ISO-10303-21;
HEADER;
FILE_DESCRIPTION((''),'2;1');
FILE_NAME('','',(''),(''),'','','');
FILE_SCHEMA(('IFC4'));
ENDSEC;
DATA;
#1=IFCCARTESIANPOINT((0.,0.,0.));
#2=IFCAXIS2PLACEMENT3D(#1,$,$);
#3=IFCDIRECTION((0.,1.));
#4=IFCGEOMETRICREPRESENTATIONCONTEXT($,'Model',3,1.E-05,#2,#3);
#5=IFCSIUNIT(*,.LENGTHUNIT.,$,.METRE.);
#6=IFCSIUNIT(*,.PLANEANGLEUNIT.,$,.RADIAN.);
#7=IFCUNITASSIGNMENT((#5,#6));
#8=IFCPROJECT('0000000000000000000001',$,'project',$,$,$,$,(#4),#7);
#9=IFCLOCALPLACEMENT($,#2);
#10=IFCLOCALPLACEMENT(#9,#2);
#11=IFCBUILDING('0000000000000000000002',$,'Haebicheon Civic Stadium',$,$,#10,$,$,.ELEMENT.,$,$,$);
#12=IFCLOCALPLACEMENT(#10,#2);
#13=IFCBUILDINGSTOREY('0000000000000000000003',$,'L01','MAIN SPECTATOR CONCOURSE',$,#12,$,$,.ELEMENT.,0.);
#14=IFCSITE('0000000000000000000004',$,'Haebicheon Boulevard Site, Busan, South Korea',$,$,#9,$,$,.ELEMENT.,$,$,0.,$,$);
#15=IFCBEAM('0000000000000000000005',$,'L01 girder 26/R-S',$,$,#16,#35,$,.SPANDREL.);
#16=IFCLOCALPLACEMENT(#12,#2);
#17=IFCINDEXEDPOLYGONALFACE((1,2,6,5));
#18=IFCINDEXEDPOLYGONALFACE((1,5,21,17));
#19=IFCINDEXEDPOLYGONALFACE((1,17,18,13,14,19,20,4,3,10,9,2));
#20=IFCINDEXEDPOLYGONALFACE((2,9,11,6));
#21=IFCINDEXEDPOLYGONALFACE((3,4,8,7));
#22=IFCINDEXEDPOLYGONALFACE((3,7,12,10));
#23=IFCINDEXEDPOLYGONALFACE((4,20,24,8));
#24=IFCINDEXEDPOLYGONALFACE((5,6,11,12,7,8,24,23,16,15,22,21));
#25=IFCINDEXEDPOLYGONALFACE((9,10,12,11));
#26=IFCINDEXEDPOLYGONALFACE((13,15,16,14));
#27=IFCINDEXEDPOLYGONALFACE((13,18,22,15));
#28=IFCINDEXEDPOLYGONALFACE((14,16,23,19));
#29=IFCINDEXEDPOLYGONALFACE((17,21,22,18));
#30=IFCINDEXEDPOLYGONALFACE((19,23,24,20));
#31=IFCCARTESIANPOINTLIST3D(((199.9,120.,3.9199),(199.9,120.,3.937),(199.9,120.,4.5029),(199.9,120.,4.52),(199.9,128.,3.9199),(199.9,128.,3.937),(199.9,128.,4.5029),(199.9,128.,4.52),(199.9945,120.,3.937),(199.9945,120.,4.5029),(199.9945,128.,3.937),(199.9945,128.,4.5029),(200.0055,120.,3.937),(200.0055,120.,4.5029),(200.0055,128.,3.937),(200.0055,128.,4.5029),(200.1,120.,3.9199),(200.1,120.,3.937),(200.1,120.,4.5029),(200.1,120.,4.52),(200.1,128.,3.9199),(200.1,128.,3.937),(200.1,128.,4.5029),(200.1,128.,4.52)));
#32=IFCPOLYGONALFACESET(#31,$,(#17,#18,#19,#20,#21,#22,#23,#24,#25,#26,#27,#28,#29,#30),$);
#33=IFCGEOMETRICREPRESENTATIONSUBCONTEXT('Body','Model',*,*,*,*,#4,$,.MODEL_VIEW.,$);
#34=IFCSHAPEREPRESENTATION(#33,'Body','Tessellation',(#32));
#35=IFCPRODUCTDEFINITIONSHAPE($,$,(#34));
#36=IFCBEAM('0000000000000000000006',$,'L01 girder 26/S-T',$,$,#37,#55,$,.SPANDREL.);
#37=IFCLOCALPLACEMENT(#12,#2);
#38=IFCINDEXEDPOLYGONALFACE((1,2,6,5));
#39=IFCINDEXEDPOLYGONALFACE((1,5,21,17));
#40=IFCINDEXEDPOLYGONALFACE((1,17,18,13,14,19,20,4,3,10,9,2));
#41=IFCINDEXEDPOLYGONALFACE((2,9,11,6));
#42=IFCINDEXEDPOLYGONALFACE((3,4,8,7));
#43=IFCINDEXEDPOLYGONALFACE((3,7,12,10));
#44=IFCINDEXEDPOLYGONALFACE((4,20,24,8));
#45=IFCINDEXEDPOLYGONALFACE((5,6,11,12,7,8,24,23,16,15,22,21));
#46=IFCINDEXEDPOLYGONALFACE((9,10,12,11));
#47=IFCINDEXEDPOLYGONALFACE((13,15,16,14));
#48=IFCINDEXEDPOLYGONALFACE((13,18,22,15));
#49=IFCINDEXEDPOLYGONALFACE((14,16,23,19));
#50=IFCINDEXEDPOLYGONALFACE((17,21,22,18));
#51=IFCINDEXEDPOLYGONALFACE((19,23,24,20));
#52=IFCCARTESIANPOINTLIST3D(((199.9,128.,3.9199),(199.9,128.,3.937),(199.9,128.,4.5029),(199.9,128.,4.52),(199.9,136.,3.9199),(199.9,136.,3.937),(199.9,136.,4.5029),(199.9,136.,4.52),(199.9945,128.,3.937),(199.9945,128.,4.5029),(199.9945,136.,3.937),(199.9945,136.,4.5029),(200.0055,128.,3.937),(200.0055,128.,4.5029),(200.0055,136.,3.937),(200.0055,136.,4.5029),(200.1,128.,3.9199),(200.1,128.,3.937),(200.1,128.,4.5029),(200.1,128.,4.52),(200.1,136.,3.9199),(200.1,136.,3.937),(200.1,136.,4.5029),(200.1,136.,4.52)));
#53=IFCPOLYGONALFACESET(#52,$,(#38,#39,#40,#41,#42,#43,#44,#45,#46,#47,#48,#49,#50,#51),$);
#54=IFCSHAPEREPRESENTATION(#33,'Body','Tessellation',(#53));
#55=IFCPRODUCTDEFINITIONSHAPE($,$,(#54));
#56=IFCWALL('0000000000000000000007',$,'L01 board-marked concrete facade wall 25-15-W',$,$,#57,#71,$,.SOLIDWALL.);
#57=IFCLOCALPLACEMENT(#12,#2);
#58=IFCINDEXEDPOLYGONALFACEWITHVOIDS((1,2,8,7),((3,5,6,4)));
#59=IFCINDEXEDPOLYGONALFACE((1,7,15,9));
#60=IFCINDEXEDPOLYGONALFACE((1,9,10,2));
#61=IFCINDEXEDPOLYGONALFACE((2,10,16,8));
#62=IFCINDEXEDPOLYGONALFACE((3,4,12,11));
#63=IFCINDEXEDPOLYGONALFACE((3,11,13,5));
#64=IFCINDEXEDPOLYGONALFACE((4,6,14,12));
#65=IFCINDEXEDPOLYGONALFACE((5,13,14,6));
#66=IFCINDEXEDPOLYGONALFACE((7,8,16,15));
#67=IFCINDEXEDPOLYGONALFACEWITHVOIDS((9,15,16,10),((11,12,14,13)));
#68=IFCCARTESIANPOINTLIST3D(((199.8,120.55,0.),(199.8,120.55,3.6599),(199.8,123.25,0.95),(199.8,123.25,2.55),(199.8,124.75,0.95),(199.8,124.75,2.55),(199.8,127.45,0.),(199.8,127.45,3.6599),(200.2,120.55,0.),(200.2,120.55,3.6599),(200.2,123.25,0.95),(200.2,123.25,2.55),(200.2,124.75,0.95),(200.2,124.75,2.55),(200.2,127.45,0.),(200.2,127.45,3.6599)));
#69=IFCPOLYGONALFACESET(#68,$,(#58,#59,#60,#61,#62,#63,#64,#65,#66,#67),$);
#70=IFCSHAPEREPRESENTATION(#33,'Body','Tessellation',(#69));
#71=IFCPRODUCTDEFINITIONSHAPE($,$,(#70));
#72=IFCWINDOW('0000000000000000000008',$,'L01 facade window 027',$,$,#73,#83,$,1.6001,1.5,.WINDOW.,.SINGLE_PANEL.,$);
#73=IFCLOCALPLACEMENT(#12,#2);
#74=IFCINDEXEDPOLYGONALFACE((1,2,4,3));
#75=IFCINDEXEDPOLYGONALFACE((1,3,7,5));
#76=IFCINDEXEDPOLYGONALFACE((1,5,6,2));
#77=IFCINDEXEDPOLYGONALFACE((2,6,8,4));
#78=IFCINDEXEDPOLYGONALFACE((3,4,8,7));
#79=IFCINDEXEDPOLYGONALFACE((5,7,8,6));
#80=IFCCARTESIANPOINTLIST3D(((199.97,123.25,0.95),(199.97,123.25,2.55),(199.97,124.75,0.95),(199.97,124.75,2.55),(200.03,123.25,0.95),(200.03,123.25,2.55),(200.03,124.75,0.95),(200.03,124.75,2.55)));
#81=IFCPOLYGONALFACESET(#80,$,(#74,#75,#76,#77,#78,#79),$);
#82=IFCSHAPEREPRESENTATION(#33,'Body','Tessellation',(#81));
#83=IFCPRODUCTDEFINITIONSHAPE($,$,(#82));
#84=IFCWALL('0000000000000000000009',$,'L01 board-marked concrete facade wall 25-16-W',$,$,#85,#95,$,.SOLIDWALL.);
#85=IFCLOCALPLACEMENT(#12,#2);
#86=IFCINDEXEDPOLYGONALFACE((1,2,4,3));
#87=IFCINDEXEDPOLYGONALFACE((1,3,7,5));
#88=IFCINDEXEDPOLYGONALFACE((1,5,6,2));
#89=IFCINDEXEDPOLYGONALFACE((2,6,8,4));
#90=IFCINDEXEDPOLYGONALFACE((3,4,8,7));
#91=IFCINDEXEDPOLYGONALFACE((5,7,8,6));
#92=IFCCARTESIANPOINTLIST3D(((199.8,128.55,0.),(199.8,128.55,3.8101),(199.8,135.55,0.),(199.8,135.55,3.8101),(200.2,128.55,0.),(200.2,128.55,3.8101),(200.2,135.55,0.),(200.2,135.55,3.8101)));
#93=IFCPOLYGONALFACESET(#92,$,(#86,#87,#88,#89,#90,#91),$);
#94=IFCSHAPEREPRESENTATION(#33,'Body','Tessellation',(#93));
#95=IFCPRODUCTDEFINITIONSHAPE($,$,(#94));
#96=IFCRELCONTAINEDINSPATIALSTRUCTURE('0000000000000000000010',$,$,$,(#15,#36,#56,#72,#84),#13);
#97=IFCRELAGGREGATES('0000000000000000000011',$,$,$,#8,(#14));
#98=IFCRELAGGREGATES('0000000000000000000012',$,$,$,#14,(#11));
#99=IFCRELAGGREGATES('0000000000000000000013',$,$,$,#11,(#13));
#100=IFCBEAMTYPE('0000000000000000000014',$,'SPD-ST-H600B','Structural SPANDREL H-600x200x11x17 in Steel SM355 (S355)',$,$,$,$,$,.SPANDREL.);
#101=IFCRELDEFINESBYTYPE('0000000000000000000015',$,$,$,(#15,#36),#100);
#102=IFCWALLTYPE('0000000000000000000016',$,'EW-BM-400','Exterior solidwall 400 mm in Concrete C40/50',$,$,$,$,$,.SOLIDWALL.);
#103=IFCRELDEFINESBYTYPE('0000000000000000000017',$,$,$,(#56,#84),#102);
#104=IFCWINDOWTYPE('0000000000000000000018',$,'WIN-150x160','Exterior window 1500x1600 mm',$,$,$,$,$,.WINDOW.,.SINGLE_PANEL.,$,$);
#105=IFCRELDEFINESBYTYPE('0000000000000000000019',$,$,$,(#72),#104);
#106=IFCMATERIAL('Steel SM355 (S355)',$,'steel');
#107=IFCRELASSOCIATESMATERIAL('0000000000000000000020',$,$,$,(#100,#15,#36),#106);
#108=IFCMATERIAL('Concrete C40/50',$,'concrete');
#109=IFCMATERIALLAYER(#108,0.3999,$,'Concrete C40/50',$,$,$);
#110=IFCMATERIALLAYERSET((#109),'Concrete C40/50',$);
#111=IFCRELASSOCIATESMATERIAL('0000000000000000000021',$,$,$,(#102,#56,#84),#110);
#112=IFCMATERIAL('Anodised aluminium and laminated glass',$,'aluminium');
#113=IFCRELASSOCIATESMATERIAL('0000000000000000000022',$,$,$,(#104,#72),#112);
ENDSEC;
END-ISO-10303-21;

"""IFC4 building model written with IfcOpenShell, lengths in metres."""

from ifc_helpers import new_model, si_unit, direction, frame, frame_2d, origin, origin_2d, place, context, subcontext, project, spatial, rectangle, i_section, extrude, material, layer, layer_set, material_profile, profile_set, type_object, element, fill, save


model = new_model("IFC4")

# Units and contexts
model_context = context("Model", 3, precision=1e-05, world=origin(), true_north=direction((0.0, 1.0)))
body_context = subcontext(model_context, "Body", "Model", "MODEL_VIEW")
ifc_project = project(units=[si_unit("LENGTHUNIT", "METRE"), si_unit("PLANEANGLEUNIT", "RADIAN")], contexts=[model_context])

# Site, building, storey
site_placement = place(None, origin())
site = spatial("IfcSite", under=ifc_project, at=site_placement, Name="Haebicheon Boulevard Site, Busan, South Korea", CompositionType="ELEMENT", RefElevation=0.0)
building_placement = place(site_placement, origin())
building = spatial("IfcBuilding", under=site, at=building_placement, Name="Haebicheon Civic Stadium", CompositionType="ELEMENT")
storey_placement = place(building_placement, origin())
storey = spatial("IfcBuildingStorey", under=building, at=storey_placement, Name="L01", Description="MAIN SPECTATOR CONCOURSE", CompositionType="ELEMENT", Elevation=0.0)

# Beams
ifc_material_1 = material(Name="Steel SM355 (S355)", Category="steel")
ifc_material_profile_1 = material_profile(ifc_material_1, i_section(OverallWidth=0.2, OverallDepth=0.6001, WebThickness=0.011, FlangeThickness=0.0171, at=origin_2d()), Name="H-600x200x11x17")
ifc_profile_set_1 = profile_set([ifc_material_profile_1], Name="Steel SM355 (S355)")
beam_type_1 = type_object("IfcBeamType", Name="SPD-ST-H600B", Description="Structural SPANDREL H-600x200x11x17 in Steel SM355 (S355)", PredefinedType="SPANDREL", material=ifc_profile_set_1)
for number, where, z_axis, x_axis, name in (
    (1, (200.0, 120.0, 4.22), (0.0, 1.0, 0.0), (-1.0, 0.0, 0.0), "L01 girder 26/R-S"),
    (2, (200.0, 128.0, 4.22), (0.0, 1.0, 0.0), (-1.0, 0.0, 0.0), "L01 girder 26/S-T"),
):
    element("IfcBeam", number, at=place(storey_placement, frame(where, z_axis=z_axis, x_axis=x_axis)), inside=storey, type_object=beam_type_1, material=ifc_profile_set_1, Name=name, PredefinedType="SPANDREL", context=body_context, shape_type="SweptSolid", body=[
        extrude(i_section(OverallWidth=0.2, OverallDepth=0.6001, WebThickness=0.011, FlangeThickness=0.0171, at=origin_2d()), origin(), (0.0, 0.0, 1.0), 8.0),
    ])

# Wall, opening, window
ifc_material_2 = material(Name="Concrete C40/50", Category="concrete")
ifc_layer = layer(ifc_material_2, 0.3999, Name="Concrete C40/50")
ifc_layer_set = layer_set([ifc_layer], Name="Concrete C40/50")
wall_type = type_object("IfcWallType", Name="EW-BM-400", Description="Exterior solidwall 400 mm in Concrete C40/50", PredefinedType="SOLIDWALL", material=ifc_layer_set)
wall_1_placement = place(storey_placement, frame((200.0, 120.55, 0.0), z_axis=(0.0, 0.0, 1.0), x_axis=(0.0, 1.0, 0.0)))
wall_1 = element("IfcWall", 3, at=wall_1_placement, inside=storey, type_object=wall_type, material=ifc_layer_set, Name="L01 board-marked concrete facade wall 25-15-W", PredefinedType="SOLIDWALL", context=body_context, shape_type="SweptSolid", body=[
    extrude(rectangle(XDim=6.8999, YDim=0.3999, at=frame_2d((3.45, 0.0))), origin(), (0.0, 0.0, 1.0), 3.6599),
])
opening_placement = place(wall_1_placement, frame((2.7, 0.0, 0.95)))
opening = element("IfcOpeningElement", 4, at=opening_placement, cuts=wall_1, PredefinedType="OPENING", context=body_context, shape_type="SweptSolid", body=[
    extrude(rectangle(XDim=1.5, YDim=1.6001, at=frame_2d((0.75, 0.8))), frame((0.0, 0.21, 0.0), z_axis=(0.0, -1.0, 0.0), x_axis=(1.0, 0.0, 0.0)), (0.0, 0.0, 1.0), 0.4199),
])
ifc_material_3 = material(Name="Anodised aluminium and laminated glass", Category="aluminium")
window_type = type_object("IfcWindowType", Name="WIN-150x160", Description="Exterior window 1500x1600 mm", PartitioningType="SINGLE_PANEL", PredefinedType="WINDOW", material=ifc_material_3)
window_placement = place(opening_placement, origin())
window = element("IfcWindow", 5, at=window_placement, inside=storey, type_object=window_type, material=ifc_material_3, Name="L01 facade window 027", OverallHeight=1.6001, OverallWidth=1.5, PartitioningType="SINGLE_PANEL", PredefinedType="WINDOW", context=body_context, shape_type="SweptSolid", body=[
    extrude(rectangle(XDim=1.5, YDim=1.6001, at=frame_2d((0.75, 0.8))), frame((0.0, 0.03, 0.0), z_axis=(0.0, -1.0, 0.0), x_axis=(1.0, 0.0, 0.0)), (0.0, 0.0, 1.0), 0.0601),
])
fill(opening, window)

# Wall
wall_2_placement = place(storey_placement, frame((200.0, 128.55, 0.0), z_axis=(0.0, 0.0, 1.0), x_axis=(0.0, 1.0, 0.0)))
element("IfcWall", 6, at=wall_2_placement, inside=storey, type_object=wall_type, material=ifc_layer_set, Name="L01 board-marked concrete facade wall 25-16-W", PredefinedType="SOLIDWALL", context=body_context, shape_type="SweptSolid", body=[
    extrude(rectangle(XDim=7.0, YDim=0.3999, at=frame_2d((3.5, 0.0))), origin(), (0.0, 0.0, 1.0), 3.8101),
])

save(model, "model.ifc")
